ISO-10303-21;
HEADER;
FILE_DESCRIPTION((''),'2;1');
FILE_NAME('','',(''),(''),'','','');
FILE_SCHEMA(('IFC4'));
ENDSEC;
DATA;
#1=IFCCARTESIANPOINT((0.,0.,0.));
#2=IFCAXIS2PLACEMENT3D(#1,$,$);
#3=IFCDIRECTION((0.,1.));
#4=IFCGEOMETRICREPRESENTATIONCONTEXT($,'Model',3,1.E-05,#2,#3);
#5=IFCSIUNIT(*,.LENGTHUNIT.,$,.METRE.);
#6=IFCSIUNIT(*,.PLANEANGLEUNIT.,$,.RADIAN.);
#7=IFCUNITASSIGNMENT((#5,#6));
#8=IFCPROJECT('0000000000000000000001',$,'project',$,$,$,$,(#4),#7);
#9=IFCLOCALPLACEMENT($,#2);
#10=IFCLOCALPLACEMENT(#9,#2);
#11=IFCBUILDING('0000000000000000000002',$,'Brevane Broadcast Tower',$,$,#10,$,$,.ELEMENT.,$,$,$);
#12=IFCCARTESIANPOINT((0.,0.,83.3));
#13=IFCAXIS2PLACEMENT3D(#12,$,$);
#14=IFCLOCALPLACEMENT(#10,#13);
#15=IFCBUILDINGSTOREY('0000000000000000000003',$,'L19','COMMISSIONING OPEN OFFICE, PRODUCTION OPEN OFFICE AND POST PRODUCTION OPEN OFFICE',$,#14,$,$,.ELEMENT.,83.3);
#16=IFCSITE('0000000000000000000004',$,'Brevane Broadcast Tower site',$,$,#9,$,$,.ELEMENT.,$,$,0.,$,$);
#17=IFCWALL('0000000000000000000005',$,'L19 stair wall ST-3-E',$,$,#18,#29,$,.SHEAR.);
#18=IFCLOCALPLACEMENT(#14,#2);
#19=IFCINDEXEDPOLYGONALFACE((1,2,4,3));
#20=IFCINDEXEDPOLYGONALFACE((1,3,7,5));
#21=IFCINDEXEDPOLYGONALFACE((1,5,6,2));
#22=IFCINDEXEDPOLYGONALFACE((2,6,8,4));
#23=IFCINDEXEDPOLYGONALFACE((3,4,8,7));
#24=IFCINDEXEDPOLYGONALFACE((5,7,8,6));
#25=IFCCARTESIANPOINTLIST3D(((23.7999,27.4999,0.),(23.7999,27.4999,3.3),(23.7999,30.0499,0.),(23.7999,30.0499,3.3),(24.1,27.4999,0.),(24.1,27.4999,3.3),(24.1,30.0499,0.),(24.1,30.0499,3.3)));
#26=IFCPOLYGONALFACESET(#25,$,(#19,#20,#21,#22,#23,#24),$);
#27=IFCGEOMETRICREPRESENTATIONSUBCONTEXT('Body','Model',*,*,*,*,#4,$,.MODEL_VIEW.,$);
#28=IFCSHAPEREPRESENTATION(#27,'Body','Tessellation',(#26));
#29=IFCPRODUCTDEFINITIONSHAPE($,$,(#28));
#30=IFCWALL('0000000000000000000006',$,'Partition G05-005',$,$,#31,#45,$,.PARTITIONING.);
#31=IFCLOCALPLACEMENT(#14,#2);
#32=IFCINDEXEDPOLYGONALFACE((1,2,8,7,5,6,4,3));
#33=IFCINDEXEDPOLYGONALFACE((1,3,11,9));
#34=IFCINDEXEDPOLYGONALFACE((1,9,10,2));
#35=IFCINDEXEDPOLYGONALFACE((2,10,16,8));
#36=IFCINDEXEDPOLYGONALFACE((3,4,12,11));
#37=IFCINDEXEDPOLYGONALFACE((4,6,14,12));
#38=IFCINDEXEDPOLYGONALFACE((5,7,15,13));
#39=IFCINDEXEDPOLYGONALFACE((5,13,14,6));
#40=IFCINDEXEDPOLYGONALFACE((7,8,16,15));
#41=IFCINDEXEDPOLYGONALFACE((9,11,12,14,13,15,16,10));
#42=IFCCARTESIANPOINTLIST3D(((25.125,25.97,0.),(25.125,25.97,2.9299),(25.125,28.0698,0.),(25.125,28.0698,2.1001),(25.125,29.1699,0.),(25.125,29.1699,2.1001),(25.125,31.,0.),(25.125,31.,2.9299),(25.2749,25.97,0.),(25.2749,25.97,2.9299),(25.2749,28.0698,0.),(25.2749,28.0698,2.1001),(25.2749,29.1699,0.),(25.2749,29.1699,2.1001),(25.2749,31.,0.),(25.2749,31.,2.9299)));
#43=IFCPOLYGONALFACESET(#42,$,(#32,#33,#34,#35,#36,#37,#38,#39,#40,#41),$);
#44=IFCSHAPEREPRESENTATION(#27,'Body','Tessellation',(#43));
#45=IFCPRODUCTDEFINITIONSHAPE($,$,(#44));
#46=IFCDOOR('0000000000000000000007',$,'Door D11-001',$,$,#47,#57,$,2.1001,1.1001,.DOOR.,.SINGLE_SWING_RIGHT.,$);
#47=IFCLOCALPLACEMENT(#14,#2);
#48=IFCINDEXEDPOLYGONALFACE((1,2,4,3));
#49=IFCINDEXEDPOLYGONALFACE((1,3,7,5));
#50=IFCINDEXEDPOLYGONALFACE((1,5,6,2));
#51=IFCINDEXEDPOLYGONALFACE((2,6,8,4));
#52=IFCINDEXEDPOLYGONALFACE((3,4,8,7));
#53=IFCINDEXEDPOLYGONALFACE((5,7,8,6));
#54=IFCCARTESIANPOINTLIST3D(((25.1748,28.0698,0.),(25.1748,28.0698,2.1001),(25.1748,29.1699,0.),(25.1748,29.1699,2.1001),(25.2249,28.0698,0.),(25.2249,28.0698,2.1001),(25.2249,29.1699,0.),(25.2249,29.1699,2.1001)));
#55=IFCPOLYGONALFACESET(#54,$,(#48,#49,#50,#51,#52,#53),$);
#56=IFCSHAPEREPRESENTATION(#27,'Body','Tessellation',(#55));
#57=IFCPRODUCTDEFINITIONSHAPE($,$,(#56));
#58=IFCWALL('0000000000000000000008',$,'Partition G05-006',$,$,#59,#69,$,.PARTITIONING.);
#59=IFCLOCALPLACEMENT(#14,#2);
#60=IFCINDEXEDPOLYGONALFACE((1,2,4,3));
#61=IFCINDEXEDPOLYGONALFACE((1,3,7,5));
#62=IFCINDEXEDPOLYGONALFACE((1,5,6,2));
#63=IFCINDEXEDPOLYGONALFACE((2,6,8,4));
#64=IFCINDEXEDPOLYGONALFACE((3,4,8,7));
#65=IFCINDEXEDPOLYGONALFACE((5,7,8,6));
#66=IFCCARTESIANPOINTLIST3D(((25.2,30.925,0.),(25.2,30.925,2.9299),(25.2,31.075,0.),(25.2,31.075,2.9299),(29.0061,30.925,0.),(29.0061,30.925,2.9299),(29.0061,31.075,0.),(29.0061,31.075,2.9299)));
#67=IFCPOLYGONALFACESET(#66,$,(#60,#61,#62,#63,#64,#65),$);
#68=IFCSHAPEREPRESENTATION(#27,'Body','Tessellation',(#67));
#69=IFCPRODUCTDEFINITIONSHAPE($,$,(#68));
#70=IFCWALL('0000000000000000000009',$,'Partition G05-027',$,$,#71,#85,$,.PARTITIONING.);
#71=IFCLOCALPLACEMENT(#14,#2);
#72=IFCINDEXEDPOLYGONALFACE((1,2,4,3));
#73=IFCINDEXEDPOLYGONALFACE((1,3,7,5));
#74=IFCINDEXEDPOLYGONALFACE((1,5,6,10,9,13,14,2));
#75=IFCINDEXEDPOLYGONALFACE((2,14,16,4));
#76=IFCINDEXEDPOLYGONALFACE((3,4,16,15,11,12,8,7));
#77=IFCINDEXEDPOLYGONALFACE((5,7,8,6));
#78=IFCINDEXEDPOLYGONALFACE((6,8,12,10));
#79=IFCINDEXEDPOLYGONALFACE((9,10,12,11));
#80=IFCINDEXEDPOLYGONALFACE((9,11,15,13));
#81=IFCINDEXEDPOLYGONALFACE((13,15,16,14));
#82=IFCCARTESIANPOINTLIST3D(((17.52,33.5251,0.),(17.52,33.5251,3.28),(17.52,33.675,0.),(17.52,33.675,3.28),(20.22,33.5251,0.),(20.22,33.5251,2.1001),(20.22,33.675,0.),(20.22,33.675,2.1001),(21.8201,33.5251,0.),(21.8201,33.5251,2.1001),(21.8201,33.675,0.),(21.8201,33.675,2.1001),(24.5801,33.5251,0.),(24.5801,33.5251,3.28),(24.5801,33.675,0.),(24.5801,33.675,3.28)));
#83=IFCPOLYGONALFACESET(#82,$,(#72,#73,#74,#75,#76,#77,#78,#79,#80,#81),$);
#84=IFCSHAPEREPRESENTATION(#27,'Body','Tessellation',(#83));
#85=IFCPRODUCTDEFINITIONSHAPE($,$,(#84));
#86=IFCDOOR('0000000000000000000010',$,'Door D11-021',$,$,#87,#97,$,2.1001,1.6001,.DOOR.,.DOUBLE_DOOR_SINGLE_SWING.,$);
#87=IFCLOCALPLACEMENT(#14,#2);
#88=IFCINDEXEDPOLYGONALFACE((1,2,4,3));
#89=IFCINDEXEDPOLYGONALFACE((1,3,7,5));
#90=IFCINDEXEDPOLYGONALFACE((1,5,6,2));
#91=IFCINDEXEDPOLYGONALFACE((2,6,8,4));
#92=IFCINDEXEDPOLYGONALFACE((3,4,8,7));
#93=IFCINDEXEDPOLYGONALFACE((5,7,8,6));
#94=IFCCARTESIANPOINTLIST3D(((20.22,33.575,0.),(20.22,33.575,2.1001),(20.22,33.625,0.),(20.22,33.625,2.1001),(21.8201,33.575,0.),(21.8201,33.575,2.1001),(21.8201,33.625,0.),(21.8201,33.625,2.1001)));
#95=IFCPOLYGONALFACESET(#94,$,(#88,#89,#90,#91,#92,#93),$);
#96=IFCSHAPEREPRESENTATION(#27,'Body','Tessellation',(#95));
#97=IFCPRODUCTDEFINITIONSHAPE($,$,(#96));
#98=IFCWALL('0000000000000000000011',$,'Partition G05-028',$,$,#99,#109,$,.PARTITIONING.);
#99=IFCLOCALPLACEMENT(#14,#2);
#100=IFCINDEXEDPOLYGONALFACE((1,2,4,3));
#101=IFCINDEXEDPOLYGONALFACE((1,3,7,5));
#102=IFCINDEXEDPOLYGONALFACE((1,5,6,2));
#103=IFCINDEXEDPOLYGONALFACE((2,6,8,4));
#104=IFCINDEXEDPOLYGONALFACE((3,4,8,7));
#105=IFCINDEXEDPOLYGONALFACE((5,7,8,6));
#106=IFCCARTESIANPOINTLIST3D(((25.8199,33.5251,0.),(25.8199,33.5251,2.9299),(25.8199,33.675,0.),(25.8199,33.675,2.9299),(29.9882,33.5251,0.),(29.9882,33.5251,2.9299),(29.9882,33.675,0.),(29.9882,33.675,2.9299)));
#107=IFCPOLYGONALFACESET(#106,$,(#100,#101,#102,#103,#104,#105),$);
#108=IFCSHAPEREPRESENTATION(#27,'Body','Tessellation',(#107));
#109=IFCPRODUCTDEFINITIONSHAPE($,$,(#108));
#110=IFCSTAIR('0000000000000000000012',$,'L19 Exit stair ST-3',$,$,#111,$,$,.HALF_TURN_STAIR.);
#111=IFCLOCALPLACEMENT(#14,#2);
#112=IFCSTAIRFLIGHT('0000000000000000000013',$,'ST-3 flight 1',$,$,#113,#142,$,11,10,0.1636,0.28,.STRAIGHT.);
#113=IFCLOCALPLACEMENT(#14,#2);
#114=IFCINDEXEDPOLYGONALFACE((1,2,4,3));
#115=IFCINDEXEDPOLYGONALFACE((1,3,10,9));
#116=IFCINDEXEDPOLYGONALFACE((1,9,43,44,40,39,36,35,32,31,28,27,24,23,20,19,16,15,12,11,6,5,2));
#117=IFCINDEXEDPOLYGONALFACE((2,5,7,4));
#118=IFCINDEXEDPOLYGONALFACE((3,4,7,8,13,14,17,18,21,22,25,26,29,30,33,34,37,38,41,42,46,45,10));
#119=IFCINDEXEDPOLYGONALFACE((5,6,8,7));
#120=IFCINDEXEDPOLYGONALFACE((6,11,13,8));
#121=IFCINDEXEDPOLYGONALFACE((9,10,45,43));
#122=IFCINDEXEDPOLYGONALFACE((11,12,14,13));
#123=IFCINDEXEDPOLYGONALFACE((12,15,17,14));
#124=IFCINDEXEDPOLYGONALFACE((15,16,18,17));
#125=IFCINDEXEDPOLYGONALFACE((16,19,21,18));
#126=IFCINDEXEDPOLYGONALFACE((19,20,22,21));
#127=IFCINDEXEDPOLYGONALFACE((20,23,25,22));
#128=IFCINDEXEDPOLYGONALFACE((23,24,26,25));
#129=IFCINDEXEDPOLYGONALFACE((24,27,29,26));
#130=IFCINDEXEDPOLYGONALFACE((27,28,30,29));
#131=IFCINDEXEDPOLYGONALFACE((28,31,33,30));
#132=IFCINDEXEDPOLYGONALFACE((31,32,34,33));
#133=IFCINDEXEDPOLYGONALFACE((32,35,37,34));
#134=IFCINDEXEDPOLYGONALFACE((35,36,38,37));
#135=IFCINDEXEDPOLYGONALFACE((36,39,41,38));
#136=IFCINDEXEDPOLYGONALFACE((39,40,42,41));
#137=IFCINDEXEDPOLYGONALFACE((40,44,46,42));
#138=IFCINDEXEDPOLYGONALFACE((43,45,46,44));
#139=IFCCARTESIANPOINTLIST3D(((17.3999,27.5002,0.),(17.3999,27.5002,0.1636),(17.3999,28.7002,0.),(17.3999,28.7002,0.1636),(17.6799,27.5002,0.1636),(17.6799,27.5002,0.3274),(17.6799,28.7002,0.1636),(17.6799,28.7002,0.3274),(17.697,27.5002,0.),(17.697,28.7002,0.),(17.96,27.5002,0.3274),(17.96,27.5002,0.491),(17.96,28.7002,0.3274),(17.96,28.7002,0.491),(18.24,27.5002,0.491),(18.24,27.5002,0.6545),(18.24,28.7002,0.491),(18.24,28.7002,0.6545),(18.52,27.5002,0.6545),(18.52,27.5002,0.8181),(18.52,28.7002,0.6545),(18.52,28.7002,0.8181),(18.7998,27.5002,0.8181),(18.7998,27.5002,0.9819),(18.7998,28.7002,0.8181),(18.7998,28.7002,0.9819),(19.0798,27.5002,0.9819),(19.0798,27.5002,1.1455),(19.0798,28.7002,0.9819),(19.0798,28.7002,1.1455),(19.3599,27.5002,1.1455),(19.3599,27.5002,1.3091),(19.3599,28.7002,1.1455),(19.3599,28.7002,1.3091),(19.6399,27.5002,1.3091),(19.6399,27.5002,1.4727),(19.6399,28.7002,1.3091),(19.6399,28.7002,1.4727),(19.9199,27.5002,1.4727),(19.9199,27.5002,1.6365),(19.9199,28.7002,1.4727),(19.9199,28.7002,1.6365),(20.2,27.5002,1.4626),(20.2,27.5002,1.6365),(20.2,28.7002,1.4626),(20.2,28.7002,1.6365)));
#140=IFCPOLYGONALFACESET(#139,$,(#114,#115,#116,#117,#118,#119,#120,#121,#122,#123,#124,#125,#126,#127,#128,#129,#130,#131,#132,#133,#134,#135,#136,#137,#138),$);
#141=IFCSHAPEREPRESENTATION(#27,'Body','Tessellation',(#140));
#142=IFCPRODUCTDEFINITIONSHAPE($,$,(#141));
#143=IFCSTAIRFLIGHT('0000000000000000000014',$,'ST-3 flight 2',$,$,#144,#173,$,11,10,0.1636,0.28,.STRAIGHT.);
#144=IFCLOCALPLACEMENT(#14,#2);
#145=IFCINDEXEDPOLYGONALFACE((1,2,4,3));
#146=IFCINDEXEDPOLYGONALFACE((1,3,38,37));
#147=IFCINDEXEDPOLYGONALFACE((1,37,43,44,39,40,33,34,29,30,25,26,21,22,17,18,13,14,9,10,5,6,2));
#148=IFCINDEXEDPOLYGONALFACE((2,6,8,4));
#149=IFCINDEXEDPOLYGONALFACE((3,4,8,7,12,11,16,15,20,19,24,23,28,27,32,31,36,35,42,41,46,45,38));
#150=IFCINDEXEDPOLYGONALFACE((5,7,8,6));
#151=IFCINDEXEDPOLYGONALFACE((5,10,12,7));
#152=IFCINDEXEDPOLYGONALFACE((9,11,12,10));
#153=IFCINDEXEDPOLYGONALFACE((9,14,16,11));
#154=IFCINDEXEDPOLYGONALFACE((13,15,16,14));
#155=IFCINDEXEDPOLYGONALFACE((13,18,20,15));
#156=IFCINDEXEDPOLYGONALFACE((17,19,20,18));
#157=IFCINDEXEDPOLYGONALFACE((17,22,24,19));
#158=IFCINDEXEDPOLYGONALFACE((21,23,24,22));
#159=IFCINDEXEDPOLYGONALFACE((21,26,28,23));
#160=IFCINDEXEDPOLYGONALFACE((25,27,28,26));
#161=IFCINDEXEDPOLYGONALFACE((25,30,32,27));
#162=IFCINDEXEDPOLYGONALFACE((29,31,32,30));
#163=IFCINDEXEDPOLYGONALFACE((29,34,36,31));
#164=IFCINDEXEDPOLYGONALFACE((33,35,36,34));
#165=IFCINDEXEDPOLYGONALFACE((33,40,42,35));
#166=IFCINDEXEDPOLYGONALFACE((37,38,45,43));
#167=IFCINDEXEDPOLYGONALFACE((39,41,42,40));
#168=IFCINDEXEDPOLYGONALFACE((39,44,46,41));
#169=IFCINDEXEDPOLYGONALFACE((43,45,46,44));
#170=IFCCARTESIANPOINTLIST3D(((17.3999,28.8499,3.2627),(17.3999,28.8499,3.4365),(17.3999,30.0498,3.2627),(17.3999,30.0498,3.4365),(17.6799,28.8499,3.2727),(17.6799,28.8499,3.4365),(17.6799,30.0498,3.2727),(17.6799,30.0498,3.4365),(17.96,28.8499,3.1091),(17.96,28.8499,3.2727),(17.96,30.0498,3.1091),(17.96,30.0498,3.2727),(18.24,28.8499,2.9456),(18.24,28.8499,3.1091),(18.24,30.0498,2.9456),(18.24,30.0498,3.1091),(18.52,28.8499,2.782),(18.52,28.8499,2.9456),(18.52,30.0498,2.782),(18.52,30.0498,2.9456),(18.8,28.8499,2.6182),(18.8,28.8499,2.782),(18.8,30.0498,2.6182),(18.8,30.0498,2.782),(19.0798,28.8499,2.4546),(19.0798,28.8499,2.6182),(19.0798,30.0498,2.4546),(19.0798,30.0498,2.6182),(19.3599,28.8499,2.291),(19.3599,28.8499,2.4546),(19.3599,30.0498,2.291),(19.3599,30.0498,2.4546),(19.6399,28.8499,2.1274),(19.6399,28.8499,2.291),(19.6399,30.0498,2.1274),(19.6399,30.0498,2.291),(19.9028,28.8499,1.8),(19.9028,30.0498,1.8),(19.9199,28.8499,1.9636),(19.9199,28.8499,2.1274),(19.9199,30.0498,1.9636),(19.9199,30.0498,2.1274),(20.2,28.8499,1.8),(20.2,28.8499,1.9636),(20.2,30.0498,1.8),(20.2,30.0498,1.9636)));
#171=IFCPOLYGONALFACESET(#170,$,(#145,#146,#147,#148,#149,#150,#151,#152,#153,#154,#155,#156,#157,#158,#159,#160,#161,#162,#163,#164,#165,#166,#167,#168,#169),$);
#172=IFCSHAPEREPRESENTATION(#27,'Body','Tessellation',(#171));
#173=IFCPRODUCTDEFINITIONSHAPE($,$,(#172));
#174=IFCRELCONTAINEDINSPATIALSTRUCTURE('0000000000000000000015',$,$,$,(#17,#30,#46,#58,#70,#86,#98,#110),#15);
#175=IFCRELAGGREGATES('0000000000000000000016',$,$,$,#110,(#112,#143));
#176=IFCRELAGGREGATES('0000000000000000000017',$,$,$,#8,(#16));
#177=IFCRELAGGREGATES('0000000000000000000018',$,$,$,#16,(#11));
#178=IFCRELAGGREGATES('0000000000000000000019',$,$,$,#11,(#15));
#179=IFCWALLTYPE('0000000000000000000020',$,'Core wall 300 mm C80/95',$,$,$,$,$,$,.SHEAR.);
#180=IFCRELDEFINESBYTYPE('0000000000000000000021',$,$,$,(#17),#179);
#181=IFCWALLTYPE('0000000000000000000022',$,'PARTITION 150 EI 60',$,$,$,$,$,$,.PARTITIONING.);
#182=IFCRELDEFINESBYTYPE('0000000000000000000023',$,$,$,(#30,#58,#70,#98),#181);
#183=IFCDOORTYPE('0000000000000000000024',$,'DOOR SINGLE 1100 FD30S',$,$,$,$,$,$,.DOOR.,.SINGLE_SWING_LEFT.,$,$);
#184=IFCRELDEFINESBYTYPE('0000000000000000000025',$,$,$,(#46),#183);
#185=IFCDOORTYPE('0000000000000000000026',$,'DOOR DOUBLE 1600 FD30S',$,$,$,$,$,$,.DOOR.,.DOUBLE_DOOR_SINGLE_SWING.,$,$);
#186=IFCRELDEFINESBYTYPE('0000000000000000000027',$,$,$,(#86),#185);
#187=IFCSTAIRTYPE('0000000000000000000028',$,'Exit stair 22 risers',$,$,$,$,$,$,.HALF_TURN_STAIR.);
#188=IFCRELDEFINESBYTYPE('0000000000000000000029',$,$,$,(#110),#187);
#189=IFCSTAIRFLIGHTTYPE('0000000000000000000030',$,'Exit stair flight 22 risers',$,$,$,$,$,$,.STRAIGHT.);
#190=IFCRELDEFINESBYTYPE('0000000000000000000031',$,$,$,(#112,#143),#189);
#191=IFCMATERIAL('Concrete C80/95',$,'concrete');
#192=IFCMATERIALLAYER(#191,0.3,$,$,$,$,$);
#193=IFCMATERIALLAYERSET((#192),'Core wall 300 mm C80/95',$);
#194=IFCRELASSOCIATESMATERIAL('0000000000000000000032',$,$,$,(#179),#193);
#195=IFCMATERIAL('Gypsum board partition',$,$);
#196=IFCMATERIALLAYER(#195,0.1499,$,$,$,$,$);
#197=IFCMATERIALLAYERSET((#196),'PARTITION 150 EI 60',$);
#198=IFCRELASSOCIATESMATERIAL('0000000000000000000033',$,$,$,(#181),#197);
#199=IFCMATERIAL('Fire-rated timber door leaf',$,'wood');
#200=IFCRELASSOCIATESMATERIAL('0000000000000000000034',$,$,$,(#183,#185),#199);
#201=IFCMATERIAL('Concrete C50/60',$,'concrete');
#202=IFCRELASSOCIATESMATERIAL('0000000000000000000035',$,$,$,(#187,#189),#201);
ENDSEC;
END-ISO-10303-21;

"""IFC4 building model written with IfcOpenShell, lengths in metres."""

from ifc_helpers import new_model, si_unit, direction, frame, frame_2d, origin, place, context, subcontext, project, spatial, polyline, rectangle, outline, extrude, material, layer, layer_set, type_object, element, fill, aggregate, save


model = new_model("IFC4")

# Units and contexts
model_context = context("Model", 3, precision=1e-05, world=origin(), true_north=direction((0.0, 1.0)))
body_context = subcontext(model_context, "Body", "Model", "MODEL_VIEW")
ifc_project = project(units=[si_unit("LENGTHUNIT", "METRE"), si_unit("PLANEANGLEUNIT", "RADIAN")], contexts=[model_context])

# Site, building, storey
site_placement = place(None, origin())
site = spatial("IfcSite", under=ifc_project, at=site_placement, Name="Brevane Broadcast Tower site", CompositionType="ELEMENT", RefElevation=0.0)
building_placement = place(site_placement, origin())
building = spatial("IfcBuilding", under=site, at=building_placement, Name="Brevane Broadcast Tower", CompositionType="ELEMENT")
storey_placement = place(building_placement, frame((0.0, 0.0, 83.3)))
storey = spatial("IfcBuildingStorey", under=building, at=storey_placement, Name="L19", Description="COMMISSIONING OPEN OFFICE, PRODUCTION OPEN OFFICE AND POST PRODUCTION OPEN OFFICE", CompositionType="ELEMENT", Elevation=83.3)

# Shared definitions
ifc_material_1 = material(Name="Concrete C80/95", Category="concrete")

# Wall
ifc_layer_1 = layer(ifc_material_1, 0.3)
ifc_layer_set_1 = layer_set([ifc_layer_1], Name="Core wall 300 mm C80/95")
wall_type_1 = type_object("IfcWallType", Name="Core wall 300 mm C80/95", PredefinedType="SHEAR", material=ifc_layer_set_1)
wall_1_placement = place(storey_placement, frame((23.95, 27.5, 0.0), z_axis=(0.0, 0.0, 1.0), x_axis=(0.0, 1.0, 0.0)))
element("IfcWall", 1, at=wall_1_placement, inside=storey, type_object=wall_type_1, Name="L19 stair wall ST-3-E", PredefinedType="SHEAR", context=body_context, shape_type="SweptSolid", body=[
    extrude(rectangle(XDim=2.55, YDim=0.3, at=frame_2d((1.2749, 0.0))), origin(), (0.0, 0.0, 1.0), 3.3),
])

# Wall, opening, door
ifc_material_2 = material(Name="Gypsum board partition")
ifc_layer_2 = layer(ifc_material_2, 0.1499)
ifc_layer_set_2 = layer_set([ifc_layer_2], Name="PARTITION 150 EI 60")
wall_type_2 = type_object("IfcWallType", Name="PARTITION 150 EI 60", PredefinedType="PARTITIONING", material=ifc_layer_set_2)
wall_2_placement = place(storey_placement, frame((25.2, 31.0, 0.0), z_axis=(0.0, 0.0, 1.0), x_axis=(0.0, -1.0, 0.0)))
wall_2 = element("IfcWall", 2, at=wall_2_placement, inside=storey, type_object=wall_type_2, Name="Partition G05-005", PredefinedType="PARTITIONING", context=body_context, shape_type="SweptSolid", body=[
    extrude(outline(polyline([(0.0, 0.0), (5.03, 0.0), (5.03, 2.9299), (0.0, 2.9299), (0.0, 0.0)])), frame((0.0, 0.075, 0.0), z_axis=(0.0, -1.0, 0.0), x_axis=(1.0, 0.0, 0.0)), (0.0, 0.0, 1.0), 0.1499),
])
opening_1_placement = place(wall_2_placement, frame((1.8301, 0.0, 0.0)))
opening_1 = element("IfcOpeningElement", 3, at=opening_1_placement, cuts=wall_2, PredefinedType="OPENING", context=body_context, shape_type="SweptSolid", body=[
    extrude(rectangle(XDim=1.1001, YDim=2.1001, at=frame_2d((0.55, 1.05))), frame((0.0, 0.085, 0.0), z_axis=(0.0, -1.0, 0.0), x_axis=(1.0, 0.0, 0.0)), (0.0, 0.0, 1.0), 0.1699),
])
ifc_material_3 = material(Name="Fire-rated timber door leaf", Category="wood")
door_type_1 = type_object("IfcDoorType", Name="DOOR SINGLE 1100 FD30S", OperationType="SINGLE_SWING_LEFT", PredefinedType="DOOR", material=ifc_material_3)
door_1_placement = place(opening_1_placement, origin())
door_1 = element("IfcDoor", 4, at=door_1_placement, inside=storey, type_object=door_type_1, Name="Door D11-001", OperationType="SINGLE_SWING_RIGHT", OverallHeight=2.1001, OverallWidth=1.1001, PredefinedType="DOOR", context=body_context, shape_type="SweptSolid", body=[
    extrude(rectangle(XDim=1.1001, YDim=2.1001, at=frame_2d((0.55, 1.05))), frame((0.0, 0.0249, 0.0), z_axis=(0.0, -1.0, 0.0), x_axis=(1.0, 0.0, 0.0)), (0.0, 0.0, 1.0), 0.05),
])
fill(opening_1, door_1)

# Wall
wall_3_placement = place(storey_placement, frame((25.2, 31.0, 0.0), z_axis=(0.0, 0.0, 1.0), x_axis=(1.0, 0.0, 0.0)))
element("IfcWall", 5, at=wall_3_placement, inside=storey, type_object=wall_type_2, Name="Partition G05-006", PredefinedType="PARTITIONING", context=body_context, shape_type="SweptSolid", body=[
    extrude(rectangle(XDim=3.8062, YDim=0.1499, at=frame_2d((1.9031, 0.0))), origin(), (0.0, 0.0, 1.0), 2.9299),
])

# Wall, opening, door
wall_4_placement = place(storey_placement, frame((17.52, 33.6001, 0.0), z_axis=(0.0, 0.0, 1.0), x_axis=(1.0, 0.0, 0.0)))
wall_4 = element("IfcWall", 6, at=wall_4_placement, inside=storey, type_object=wall_type_2, Name="Partition G05-027", PredefinedType="PARTITIONING", context=body_context, shape_type="SweptSolid", body=[
    extrude(rectangle(XDim=7.0601, YDim=0.1499, at=frame_2d((3.53, 0.0))), origin(), (0.0, 0.0, 1.0), 3.28),
])
opening_2_placement = place(wall_4_placement, frame((2.7, 0.0, 0.0)))
opening_2 = element("IfcOpeningElement", 7, at=opening_2_placement, cuts=wall_4, PredefinedType="OPENING", context=body_context, shape_type="SweptSolid", body=[
    extrude(rectangle(XDim=1.6001, YDim=2.1001, at=frame_2d((0.8, 1.05))), frame((0.0, 0.085, 0.0), z_axis=(0.0, -1.0, 0.0), x_axis=(1.0, 0.0, 0.0)), (0.0, 0.0, 1.0), 0.1699),
])
door_type_2 = type_object("IfcDoorType", Name="DOOR DOUBLE 1600 FD30S", OperationType="DOUBLE_DOOR_SINGLE_SWING", PredefinedType="DOOR", material=ifc_material_3)
door_2_placement = place(opening_2_placement, origin())
door_2 = element("IfcDoor", 8, at=door_2_placement, inside=storey, type_object=door_type_2, Name="Door D11-021", OperationType="DOUBLE_DOOR_SINGLE_SWING", OverallHeight=2.1001, OverallWidth=1.6001, PredefinedType="DOOR", context=body_context, shape_type="SweptSolid", body=[
    extrude(rectangle(XDim=1.6001, YDim=2.1001, at=frame_2d((0.8, 1.05))), frame((0.0, 0.0249, 0.0), z_axis=(0.0, -1.0, 0.0), x_axis=(1.0, 0.0, 0.0)), (0.0, 0.0, 1.0), 0.05),
])
fill(opening_2, door_2)

# Wall
wall_5_placement = place(storey_placement, frame((25.8201, 33.6001, 0.0), z_axis=(0.0, 0.0, 1.0), x_axis=(1.0, 0.0, 0.0)))
element("IfcWall", 9, at=wall_5_placement, inside=storey, type_object=wall_type_2, Name="Partition G05-028", PredefinedType="PARTITIONING", context=body_context, shape_type="SweptSolid", body=[
    extrude(rectangle(XDim=4.1682, YDim=0.1499, at=frame_2d((2.084, 0.0))), origin(), (0.0, 0.0, 1.0), 2.9299),
])

# Stair, stair flights
ifc_material_4 = material(Name="Concrete C50/60", Category="concrete")
stair_type = type_object("IfcStairType", Name="Exit stair 22 risers", PredefinedType="HALF_TURN_STAIR", material=ifc_material_4)
stair_placement = place(storey_placement, origin())
stair = element("IfcStair", 10, at=stair_placement, inside=storey, type_object=stair_type, Name="L19 Exit stair ST-3", PredefinedType="HALF_TURN_STAIR")
stair_flight_type = type_object("IfcStairFlightType", Name="Exit stair flight 22 risers", PredefinedType="STRAIGHT", material=ifc_material_4)
stair_flight_1_placement = place(storey_placement, frame((17.3999, 28.1001, 0.0), z_axis=(0.0, 0.0, 1.0), x_axis=(1.0, 0.0, 0.0)))
stair_flight_1 = element("IfcStairFlight", 11, at=stair_flight_1_placement, type_object=stair_flight_type, Name="ST-3 flight 1", NumberOfRisers=11, NumberOfTreads=10, PredefinedType="STRAIGHT", RiserHeight=0.1636, TreadLength=0.28, context=body_context, shape_type="SweptSolid", body=[
    extrude(outline(polyline([(0.0, 0.0), (0.0, 0.1636), (0.28, 0.1636), (0.28, 0.3274), (0.5601, 0.3274), (0.5601, 0.491), (0.8401, 0.491), (0.8401, 0.6545), (1.1201, 0.6545), (1.1201, 0.8181), (1.3999, 0.8181), (1.3999, 0.9819), (1.6799, 0.9819), (1.6799, 1.1455), (1.96, 1.1455), (1.96, 1.3091), (2.24, 1.3091), (2.24, 1.4727), (2.52, 1.4727), (2.52, 1.6365), (2.8, 1.6365), (2.8, 1.8), (2.8, 1.4626), (0.2971, 0.0), (0.0, 0.0)])), frame((0.0, 0.6001, 0.0), z_axis=(0.0, -1.0, 0.0), x_axis=(1.0, 0.0, 0.0)), (0.0, 0.0, 1.0), 1.2),
])
stair_flight_2_placement = place(storey_placement, frame((20.2, 29.45, 1.8), z_axis=(0.0, 0.0, 1.0), x_axis=(-1.0, 0.0, 0.0)))
stair_flight_2 = element("IfcStairFlight", 12, at=stair_flight_2_placement, type_object=stair_flight_type, Name="ST-3 flight 2", NumberOfRisers=11, NumberOfTreads=10, PredefinedType="STRAIGHT", RiserHeight=0.1636, TreadLength=0.28, context=body_context, shape_type="SweptSolid", body=[
    extrude(outline(polyline([(0.0, 0.0), (0.0, 0.1636), (0.28, 0.1636), (0.28, 0.3274), (0.5601, 0.3274), (0.5601, 0.491), (0.8401, 0.491), (0.8401, 0.6545), (1.1201, 0.6545), (1.1201, 0.8181), (1.3999, 0.8181), (1.3999, 0.9819), (1.6799, 0.9819), (1.6799, 1.1455), (1.96, 1.1455), (1.96, 1.3091), (2.24, 1.3091), (2.24, 1.4727), (2.52, 1.4727), (2.52, 1.6365), (2.8, 1.6365), (2.8, 1.8), (2.8, 1.4626), (0.2971, 0.0), (0.0, 0.0)])), frame((0.0, 0.6001, 0.0), z_axis=(0.0, -1.0, 0.0), x_axis=(1.0, 0.0, 0.0)), (0.0, 0.0, 1.0), 1.2),
])
aggregate(stair, [stair_flight_1, stair_flight_2])

save(model, "model.ifc")
